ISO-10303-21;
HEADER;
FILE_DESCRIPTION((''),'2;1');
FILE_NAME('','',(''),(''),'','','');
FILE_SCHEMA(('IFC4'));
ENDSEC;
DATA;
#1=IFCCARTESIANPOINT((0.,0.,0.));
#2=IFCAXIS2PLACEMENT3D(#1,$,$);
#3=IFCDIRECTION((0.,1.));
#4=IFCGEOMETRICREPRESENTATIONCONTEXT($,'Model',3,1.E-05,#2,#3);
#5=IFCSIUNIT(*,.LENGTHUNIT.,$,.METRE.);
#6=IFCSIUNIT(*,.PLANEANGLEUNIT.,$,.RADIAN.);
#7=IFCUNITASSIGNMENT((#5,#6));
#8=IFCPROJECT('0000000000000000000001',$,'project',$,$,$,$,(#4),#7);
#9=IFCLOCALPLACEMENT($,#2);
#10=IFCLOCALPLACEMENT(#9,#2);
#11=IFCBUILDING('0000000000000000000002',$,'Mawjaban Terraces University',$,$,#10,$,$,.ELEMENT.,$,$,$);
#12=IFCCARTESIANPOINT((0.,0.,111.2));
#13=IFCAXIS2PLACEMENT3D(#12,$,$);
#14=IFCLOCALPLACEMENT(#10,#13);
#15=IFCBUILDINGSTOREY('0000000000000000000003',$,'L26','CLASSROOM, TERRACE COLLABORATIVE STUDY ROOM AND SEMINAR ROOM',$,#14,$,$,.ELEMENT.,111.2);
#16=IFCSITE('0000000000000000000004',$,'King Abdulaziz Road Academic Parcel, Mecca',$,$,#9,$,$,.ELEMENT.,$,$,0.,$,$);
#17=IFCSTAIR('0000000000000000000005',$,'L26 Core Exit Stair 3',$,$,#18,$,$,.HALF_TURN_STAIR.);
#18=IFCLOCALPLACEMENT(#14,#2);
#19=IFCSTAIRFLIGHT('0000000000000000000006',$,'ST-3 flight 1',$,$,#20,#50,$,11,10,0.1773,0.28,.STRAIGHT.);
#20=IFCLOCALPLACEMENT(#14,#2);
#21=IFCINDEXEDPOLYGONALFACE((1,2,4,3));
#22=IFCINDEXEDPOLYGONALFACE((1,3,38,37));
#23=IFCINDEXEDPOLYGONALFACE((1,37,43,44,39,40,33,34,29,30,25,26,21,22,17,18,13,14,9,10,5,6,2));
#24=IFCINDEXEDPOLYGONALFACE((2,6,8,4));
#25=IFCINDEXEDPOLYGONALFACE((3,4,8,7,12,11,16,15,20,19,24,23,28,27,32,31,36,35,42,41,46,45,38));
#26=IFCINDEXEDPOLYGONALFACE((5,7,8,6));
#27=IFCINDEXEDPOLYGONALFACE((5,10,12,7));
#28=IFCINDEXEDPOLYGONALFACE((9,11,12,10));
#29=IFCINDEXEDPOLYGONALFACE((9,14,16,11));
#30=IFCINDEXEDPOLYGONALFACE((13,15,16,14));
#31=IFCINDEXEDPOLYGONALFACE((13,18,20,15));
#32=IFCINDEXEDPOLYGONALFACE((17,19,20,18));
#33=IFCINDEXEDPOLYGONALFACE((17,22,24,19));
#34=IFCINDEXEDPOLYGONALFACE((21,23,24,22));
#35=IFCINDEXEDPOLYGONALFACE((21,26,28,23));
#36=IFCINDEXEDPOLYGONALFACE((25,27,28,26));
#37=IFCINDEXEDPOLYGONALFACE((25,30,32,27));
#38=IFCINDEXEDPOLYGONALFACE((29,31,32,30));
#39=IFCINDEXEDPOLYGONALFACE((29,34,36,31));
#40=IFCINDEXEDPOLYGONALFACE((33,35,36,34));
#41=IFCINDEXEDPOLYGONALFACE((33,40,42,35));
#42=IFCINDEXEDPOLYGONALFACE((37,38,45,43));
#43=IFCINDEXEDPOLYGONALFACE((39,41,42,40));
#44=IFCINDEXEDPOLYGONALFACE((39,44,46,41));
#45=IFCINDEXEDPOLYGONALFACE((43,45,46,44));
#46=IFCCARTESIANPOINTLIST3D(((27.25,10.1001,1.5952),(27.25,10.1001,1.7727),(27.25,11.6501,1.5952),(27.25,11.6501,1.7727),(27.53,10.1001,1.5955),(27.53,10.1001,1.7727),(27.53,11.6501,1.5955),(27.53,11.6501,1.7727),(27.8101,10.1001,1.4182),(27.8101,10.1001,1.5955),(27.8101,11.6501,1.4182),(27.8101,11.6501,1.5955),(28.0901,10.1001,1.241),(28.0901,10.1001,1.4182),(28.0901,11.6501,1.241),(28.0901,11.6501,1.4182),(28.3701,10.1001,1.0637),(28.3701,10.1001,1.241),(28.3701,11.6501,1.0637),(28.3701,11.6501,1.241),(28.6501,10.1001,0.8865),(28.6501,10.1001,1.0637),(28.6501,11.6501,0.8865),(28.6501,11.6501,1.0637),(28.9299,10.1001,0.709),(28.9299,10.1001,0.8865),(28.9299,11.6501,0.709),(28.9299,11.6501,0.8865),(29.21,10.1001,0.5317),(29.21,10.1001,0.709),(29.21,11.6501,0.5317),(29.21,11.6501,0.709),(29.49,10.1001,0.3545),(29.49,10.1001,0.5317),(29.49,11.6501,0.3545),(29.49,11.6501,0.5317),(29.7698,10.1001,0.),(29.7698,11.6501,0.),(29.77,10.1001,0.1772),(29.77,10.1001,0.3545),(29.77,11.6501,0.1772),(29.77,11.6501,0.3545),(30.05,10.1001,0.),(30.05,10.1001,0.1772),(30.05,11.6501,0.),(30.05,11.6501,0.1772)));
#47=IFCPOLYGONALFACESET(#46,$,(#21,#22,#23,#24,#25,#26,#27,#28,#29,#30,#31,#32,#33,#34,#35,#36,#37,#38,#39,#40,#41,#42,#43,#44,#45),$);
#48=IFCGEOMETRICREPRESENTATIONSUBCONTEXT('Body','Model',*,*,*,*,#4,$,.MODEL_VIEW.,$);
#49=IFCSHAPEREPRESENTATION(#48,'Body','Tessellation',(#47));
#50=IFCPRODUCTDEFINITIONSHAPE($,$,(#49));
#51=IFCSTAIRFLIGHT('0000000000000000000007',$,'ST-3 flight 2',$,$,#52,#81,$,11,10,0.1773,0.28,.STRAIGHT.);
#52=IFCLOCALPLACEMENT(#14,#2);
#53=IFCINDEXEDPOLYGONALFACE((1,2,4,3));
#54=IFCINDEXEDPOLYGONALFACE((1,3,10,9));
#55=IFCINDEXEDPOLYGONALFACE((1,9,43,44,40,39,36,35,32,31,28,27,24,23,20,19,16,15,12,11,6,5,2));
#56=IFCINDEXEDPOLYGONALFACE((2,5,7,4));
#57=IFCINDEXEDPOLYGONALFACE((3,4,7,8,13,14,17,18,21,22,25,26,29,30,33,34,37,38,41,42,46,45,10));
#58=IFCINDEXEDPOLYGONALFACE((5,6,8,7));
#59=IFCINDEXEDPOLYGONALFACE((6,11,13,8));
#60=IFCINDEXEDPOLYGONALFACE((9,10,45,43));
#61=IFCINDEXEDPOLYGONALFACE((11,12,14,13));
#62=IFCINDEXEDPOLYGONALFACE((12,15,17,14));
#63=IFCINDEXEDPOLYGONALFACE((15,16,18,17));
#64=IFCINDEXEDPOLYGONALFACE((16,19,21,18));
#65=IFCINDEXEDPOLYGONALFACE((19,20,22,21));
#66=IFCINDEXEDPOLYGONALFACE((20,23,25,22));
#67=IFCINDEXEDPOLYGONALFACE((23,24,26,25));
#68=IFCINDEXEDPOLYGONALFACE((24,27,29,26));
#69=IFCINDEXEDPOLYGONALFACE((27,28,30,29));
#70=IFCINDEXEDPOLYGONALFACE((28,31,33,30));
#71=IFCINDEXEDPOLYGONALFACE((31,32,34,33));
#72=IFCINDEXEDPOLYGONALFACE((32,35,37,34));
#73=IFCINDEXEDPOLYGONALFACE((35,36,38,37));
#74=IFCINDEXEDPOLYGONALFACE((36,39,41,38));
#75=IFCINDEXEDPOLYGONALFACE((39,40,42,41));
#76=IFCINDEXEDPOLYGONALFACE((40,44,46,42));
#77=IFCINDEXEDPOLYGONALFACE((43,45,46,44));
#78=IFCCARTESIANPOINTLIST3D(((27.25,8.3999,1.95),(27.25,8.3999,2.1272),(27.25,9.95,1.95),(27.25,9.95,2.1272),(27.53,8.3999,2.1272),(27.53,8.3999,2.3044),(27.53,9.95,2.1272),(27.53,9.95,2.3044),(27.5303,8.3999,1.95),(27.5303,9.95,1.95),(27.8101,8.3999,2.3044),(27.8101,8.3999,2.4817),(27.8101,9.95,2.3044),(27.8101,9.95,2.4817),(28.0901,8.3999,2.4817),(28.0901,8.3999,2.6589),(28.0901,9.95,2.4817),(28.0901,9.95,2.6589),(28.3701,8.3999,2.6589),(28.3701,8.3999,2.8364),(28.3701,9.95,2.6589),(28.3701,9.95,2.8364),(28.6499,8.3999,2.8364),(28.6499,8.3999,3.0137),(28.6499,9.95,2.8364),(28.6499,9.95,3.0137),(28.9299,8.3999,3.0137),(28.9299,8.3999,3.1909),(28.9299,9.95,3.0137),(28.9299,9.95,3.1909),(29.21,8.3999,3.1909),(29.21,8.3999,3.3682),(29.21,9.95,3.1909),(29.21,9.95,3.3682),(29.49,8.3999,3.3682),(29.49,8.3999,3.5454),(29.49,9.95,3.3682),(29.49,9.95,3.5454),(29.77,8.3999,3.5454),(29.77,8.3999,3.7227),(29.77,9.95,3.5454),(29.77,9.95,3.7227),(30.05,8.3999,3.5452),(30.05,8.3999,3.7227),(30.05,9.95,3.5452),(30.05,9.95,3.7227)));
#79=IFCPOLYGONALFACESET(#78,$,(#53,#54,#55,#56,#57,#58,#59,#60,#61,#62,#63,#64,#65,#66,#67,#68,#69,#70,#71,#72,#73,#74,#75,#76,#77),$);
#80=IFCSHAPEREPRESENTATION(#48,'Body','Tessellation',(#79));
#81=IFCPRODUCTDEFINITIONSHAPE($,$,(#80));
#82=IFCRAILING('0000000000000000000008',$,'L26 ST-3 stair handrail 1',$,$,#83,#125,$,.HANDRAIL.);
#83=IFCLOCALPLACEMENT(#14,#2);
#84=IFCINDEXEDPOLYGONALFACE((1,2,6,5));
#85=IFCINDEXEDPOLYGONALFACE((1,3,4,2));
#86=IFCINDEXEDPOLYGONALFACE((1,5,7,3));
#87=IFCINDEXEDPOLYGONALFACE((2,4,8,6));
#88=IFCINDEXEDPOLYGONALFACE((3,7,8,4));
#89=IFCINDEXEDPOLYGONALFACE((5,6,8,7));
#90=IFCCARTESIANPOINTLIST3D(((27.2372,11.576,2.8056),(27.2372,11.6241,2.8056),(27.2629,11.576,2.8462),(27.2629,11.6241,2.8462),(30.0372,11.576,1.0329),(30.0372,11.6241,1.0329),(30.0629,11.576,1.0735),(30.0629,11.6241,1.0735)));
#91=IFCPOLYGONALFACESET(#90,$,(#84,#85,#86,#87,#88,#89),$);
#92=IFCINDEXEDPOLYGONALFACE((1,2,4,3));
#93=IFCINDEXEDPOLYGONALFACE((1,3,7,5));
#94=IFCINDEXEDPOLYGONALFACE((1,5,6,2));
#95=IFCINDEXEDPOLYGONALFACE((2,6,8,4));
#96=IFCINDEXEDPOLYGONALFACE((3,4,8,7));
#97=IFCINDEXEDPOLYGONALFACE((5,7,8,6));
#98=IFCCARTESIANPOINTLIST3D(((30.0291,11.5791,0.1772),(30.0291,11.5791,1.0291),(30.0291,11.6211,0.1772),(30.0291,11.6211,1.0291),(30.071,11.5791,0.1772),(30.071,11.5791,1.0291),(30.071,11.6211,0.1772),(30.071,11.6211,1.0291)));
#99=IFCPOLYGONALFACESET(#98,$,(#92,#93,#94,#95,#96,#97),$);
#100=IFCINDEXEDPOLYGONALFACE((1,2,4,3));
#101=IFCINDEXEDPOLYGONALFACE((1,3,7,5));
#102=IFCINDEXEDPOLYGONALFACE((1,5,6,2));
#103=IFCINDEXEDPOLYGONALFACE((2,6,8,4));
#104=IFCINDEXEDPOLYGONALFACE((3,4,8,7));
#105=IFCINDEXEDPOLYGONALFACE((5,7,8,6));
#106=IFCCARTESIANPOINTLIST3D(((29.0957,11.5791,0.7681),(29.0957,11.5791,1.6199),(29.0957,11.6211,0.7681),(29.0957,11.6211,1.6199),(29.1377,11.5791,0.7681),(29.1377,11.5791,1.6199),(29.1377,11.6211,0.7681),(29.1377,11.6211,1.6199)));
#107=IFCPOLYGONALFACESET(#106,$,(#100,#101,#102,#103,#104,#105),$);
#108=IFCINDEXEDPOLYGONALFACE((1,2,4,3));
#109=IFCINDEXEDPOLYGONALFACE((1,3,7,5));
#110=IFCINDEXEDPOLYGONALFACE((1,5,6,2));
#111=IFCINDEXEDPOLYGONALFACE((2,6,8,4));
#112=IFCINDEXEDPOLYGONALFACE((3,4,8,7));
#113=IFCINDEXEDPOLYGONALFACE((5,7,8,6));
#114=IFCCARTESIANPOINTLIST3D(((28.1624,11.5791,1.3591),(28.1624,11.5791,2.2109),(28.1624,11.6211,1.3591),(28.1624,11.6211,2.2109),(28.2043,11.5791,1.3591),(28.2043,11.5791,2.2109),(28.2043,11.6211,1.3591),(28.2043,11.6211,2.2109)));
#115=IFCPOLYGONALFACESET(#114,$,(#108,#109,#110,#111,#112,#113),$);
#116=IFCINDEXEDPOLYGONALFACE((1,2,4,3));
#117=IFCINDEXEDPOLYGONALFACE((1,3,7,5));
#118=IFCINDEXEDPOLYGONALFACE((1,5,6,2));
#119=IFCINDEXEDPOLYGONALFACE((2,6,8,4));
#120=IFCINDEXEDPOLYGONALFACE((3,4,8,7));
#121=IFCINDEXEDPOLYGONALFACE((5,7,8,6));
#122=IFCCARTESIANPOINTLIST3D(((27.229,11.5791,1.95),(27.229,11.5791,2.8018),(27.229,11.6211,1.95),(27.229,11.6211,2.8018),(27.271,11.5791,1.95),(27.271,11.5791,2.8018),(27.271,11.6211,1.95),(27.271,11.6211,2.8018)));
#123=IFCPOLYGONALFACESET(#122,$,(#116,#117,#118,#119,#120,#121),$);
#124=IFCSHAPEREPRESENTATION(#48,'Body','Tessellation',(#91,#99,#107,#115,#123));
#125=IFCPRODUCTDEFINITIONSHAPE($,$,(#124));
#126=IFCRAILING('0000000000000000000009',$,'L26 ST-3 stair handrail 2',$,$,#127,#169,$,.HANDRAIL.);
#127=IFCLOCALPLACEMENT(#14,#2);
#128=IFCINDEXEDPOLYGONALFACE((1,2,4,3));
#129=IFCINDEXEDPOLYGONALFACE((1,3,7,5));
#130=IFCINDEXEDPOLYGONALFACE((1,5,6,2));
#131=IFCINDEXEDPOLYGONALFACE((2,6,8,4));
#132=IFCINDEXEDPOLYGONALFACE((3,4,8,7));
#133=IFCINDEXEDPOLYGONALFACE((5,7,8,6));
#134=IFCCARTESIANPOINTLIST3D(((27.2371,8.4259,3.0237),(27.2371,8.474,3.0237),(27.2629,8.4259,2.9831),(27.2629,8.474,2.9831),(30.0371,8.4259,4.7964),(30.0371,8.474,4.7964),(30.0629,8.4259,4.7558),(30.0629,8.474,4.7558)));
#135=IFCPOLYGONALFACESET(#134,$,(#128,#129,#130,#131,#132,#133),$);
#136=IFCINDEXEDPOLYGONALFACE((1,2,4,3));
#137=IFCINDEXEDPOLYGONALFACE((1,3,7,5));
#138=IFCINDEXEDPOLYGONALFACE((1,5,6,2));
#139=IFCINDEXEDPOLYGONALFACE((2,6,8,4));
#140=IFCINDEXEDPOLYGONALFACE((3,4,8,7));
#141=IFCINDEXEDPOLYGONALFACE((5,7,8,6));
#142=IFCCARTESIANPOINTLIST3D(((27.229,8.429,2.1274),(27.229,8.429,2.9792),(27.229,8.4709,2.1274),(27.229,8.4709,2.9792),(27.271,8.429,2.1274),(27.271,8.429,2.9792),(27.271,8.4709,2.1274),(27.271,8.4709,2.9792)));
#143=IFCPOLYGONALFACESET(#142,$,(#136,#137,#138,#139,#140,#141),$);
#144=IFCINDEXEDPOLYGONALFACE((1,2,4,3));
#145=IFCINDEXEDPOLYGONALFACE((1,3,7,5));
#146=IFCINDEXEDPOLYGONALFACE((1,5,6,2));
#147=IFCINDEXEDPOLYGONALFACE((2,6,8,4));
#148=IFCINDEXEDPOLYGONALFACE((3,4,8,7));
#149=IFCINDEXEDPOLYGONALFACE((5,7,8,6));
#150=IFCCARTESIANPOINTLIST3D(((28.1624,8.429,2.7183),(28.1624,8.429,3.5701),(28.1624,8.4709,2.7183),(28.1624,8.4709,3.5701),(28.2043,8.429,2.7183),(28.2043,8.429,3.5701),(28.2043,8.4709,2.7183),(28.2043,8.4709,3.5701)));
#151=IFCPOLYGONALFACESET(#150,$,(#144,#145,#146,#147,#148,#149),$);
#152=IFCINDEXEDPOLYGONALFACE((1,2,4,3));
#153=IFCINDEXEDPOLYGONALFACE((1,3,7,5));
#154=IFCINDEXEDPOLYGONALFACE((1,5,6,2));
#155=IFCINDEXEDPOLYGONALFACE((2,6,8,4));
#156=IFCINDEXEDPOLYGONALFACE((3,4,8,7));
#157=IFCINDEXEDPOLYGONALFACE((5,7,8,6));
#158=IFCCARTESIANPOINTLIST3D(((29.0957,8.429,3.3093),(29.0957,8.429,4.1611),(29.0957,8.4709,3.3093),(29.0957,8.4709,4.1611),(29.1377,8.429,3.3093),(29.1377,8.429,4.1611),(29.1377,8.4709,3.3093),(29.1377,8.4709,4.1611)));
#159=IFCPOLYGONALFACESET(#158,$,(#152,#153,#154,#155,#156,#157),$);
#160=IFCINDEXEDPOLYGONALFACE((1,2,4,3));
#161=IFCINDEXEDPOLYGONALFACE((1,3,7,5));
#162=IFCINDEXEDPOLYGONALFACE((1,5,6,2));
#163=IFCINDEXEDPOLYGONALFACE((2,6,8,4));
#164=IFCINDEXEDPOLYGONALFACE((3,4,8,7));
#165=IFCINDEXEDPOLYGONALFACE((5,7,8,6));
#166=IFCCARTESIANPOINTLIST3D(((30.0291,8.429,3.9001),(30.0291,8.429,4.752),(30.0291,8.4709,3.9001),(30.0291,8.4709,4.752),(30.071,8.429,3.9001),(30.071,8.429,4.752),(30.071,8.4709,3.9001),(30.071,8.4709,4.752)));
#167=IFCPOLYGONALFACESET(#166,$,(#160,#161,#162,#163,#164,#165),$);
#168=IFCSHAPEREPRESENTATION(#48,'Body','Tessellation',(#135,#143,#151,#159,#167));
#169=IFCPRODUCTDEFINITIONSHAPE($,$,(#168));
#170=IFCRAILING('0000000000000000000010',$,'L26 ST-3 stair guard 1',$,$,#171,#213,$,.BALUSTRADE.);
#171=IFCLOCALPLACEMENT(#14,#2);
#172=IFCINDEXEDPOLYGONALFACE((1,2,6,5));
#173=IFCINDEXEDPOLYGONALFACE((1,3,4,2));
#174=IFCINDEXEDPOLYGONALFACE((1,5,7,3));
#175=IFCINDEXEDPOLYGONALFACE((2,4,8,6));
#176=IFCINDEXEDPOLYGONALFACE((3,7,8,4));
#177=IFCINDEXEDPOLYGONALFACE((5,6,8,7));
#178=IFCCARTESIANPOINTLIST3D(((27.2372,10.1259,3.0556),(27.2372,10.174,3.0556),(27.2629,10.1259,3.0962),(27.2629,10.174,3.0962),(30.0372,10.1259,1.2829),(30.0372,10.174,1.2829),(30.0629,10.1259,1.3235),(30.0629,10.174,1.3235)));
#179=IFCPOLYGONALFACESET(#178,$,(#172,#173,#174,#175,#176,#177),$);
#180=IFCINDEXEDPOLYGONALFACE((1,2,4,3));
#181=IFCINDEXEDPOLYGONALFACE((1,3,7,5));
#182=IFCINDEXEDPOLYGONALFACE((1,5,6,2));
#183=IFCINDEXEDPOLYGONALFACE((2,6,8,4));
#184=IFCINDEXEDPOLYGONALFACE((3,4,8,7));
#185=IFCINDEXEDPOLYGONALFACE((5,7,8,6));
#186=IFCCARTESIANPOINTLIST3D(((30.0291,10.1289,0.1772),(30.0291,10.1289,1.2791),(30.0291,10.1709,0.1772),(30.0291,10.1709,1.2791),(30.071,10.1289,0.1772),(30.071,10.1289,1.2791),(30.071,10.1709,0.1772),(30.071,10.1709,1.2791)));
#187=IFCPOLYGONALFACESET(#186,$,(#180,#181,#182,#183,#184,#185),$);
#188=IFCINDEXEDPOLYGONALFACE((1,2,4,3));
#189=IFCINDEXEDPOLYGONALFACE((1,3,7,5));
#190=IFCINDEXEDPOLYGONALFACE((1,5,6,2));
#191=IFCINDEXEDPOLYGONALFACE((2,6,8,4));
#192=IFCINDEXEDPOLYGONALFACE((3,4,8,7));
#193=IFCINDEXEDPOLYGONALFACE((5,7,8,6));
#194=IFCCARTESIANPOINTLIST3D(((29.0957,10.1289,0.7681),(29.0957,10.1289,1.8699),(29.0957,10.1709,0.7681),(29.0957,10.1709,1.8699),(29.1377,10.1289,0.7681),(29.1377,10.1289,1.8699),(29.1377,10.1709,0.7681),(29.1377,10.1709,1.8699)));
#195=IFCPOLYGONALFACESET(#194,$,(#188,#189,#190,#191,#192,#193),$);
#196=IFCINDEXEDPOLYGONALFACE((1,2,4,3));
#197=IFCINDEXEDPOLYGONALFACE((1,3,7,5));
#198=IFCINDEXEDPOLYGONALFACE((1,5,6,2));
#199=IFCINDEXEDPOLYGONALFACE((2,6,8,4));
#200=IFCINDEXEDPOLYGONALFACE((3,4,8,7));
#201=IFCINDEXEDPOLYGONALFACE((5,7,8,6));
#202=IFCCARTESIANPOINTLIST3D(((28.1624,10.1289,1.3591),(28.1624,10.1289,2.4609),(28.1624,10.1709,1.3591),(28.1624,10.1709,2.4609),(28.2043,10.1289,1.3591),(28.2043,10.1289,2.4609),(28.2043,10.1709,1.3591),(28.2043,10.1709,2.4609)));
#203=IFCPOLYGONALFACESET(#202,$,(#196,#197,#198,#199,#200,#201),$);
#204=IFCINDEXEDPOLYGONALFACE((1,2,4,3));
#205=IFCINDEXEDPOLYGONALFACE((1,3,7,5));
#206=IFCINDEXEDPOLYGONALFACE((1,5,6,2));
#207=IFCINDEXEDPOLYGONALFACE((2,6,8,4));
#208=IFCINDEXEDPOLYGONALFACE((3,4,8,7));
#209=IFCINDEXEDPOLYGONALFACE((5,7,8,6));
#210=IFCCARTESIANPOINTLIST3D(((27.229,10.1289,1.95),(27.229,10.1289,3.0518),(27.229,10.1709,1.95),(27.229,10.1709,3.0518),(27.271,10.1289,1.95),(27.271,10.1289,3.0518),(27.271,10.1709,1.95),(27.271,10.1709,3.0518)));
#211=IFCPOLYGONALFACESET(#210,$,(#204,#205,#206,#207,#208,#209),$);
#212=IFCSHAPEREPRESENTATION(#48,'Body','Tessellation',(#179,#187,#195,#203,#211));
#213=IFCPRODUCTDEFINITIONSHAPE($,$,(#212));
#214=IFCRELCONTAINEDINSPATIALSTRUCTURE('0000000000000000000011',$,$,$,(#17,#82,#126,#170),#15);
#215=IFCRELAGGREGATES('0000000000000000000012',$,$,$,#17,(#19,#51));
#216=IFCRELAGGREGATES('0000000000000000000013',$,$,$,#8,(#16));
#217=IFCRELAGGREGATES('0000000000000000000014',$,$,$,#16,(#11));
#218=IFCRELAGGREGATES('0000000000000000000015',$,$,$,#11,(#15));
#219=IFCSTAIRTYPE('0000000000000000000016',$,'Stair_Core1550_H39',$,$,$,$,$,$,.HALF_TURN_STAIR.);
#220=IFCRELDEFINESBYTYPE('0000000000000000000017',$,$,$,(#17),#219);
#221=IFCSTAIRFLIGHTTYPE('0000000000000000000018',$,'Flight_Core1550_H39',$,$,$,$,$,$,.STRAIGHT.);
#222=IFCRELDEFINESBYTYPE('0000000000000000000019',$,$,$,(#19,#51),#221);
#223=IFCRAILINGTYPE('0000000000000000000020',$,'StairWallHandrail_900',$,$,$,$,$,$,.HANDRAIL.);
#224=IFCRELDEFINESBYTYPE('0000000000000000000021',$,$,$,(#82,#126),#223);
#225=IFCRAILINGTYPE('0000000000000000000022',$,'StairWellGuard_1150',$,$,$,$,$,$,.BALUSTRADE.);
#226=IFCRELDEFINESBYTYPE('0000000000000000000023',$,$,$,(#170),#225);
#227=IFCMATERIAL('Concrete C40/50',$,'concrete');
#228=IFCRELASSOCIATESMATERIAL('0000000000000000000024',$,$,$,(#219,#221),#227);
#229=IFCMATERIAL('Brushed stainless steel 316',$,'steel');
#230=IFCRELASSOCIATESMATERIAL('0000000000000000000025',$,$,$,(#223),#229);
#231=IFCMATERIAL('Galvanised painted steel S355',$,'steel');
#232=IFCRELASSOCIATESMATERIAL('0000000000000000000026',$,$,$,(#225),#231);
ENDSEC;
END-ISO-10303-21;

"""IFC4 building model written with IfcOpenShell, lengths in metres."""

from ifc_helpers import new_model, si_unit, direction, frame, origin, origin_2d, place, context, subcontext, project, spatial, polyline, rectangle, outline, extrude, material, type_object, element, aggregate, save


model = new_model("IFC4")

# Units and contexts
model_context = context("Model", 3, precision=1e-05, world=origin(), true_north=direction((0.0, 1.0)))
body_context = subcontext(model_context, "Body", "Model", "MODEL_VIEW")
ifc_project = project(units=[si_unit("LENGTHUNIT", "METRE"), si_unit("PLANEANGLEUNIT", "RADIAN")], contexts=[model_context])

# Site, building, storey
site_placement = place(None, origin())
site = spatial("IfcSite", under=ifc_project, at=site_placement, Name="King Abdulaziz Road Academic Parcel, Mecca", CompositionType="ELEMENT", RefElevation=0.0)
building_placement = place(site_placement, origin())
building = spatial("IfcBuilding", under=site, at=building_placement, Name="Mawjaban Terraces University", CompositionType="ELEMENT")
storey_placement = place(building_placement, frame((0.0, 0.0, 111.2)))
storey = spatial("IfcBuildingStorey", under=building, at=storey_placement, Name="L26", Description="CLASSROOM, TERRACE COLLABORATIVE STUDY ROOM AND SEMINAR ROOM", CompositionType="ELEMENT", Elevation=111.2)

# Shared definitions
ifc_material_1 = material(Name="Concrete C40/50", Category="concrete")

# Stair, stair flights
stair_type = type_object("IfcStairType", Name="Stair_Core1550_H39", PredefinedType="HALF_TURN_STAIR", material=ifc_material_1)
stair_placement = place(storey_placement, origin())
stair = element("IfcStair", 1, at=stair_placement, inside=storey, type_object=stair_type, Name="L26 Core Exit Stair 3", PredefinedType="HALF_TURN_STAIR")
stair_flight_type = type_object("IfcStairFlightType", Name="Flight_Core1550_H39", PredefinedType="STRAIGHT", material=ifc_material_1)
stair_flight_1_placement = place(storey_placement, frame((30.05, 10.875, 0.0), z_axis=(0.0, 0.0, 1.0), x_axis=(-1.0, 0.0, 0.0)))
stair_flight_1 = element("IfcStairFlight", 2, at=stair_flight_1_placement, type_object=stair_flight_type, Name="ST-3 flight 1", NumberOfRisers=11, NumberOfTreads=10, PredefinedType="STRAIGHT", RiserHeight=0.1773, TreadLength=0.28, context=body_context, shape_type="SweptSolid", body=[
    extrude(outline(polyline([(0.0, 0.0), (0.0, 0.1772), (0.28, 0.1772), (0.28, 0.3545), (0.5601, 0.3545), (0.5601, 0.5317), (0.8401, 0.5317), (0.8401, 0.709), (1.1201, 0.709), (1.1201, 0.8865), (1.3999, 0.8865), (1.3999, 1.0637), (1.6799, 1.0637), (1.6799, 1.241), (1.96, 1.241), (1.96, 1.4182), (2.24, 1.4182), (2.24, 1.5955), (2.52, 1.5955), (2.52, 1.7727), (2.8, 1.7727), (2.8, 1.95), (2.8, 1.5952), (0.2803, 0.0), (0.0, 0.0)])), frame((0.0, 0.7749, 0.0), z_axis=(0.0, -1.0, 0.0), x_axis=(1.0, 0.0, 0.0)), (0.0, 0.0, 1.0), 1.55),
])
stair_flight_2_placement = place(storey_placement, frame((27.25, 9.175, 1.95), z_axis=(0.0, 0.0, 1.0), x_axis=(1.0, 0.0, 0.0)))
stair_flight_2 = element("IfcStairFlight", 3, at=stair_flight_2_placement, type_object=stair_flight_type, Name="ST-3 flight 2", NumberOfRisers=11, NumberOfTreads=10, PredefinedType="STRAIGHT", RiserHeight=0.1773, TreadLength=0.28, context=body_context, shape_type="SweptSolid", body=[
    extrude(outline(polyline([(0.0, 0.0), (0.0, 0.1772), (0.28, 0.1772), (0.28, 0.3545), (0.5601, 0.3545), (0.5601, 0.5317), (0.8401, 0.5317), (0.8401, 0.709), (1.1201, 0.709), (1.1201, 0.8865), (1.3999, 0.8865), (1.3999, 1.0637), (1.6799, 1.0637), (1.6799, 1.241), (1.96, 1.241), (1.96, 1.4182), (2.24, 1.4182), (2.24, 1.5955), (2.52, 1.5955), (2.52, 1.7727), (2.8, 1.7727), (2.8, 1.95), (2.8, 1.5952), (0.2803, 0.0), (0.0, 0.0)])), frame((0.0, 0.7749, 0.0), z_axis=(0.0, -1.0, 0.0), x_axis=(1.0, 0.0, 0.0)), (0.0, 0.0, 1.0), 1.55),
])
aggregate(stair, [stair_flight_1, stair_flight_2])

# Railings
ifc_material_2 = material(Name="Brushed stainless steel 316", Category="steel")
railing_type_1 = type_object("IfcRailingType", Name="StairWallHandrail_900", PredefinedType="HANDRAIL", material=ifc_material_2)
railing_1_placement = place(storey_placement, frame((30.05, 11.6001, 0.1772)))
element("IfcRailing", 4, at=railing_1_placement, inside=storey, type_object=railing_type_1, Name="L26 ST-3 stair handrail 1", PredefinedType="HANDRAIL", context=body_context, shape_type="SweptSolid", body=[
    extrude(rectangle(XDim=0.0481, YDim=0.0481, at=origin_2d()), frame((0.0, 0.0, 0.876), z_axis=(-0.844909, 0.0, 0.53491), x_axis=(0.0, -1.0, 0.0)), (0.0, 0.0, 1.0), 3.314),
    extrude(rectangle(XDim=0.042, YDim=0.042, at=origin_2d()), origin(), (0.0, 0.0, 1.0), 0.8518),
    extrude(rectangle(XDim=0.042, YDim=0.042, at=origin_2d()), frame((-0.9333, 0.0, 0.5908)), (0.0, 0.0, 1.0), 0.8518),
    extrude(rectangle(XDim=0.042, YDim=0.042, at=origin_2d()), frame((-1.8667, 0.0, 1.1819)), (0.0, 0.0, 1.0), 0.8518),
    extrude(rectangle(XDim=0.042, YDim=0.042, at=origin_2d()), frame((-2.8, 0.0, 1.7727)), (0.0, 0.0, 1.0), 0.8518),
])
railing_2_placement = place(storey_placement, frame((27.25, 8.45, 2.1274)))
element("IfcRailing", 5, at=railing_2_placement, inside=storey, type_object=railing_type_1, Name="L26 ST-3 stair handrail 2", PredefinedType="HANDRAIL", context=body_context, shape_type="SweptSolid", body=[
    extrude(rectangle(XDim=0.0481, YDim=0.0481, at=origin_2d()), frame((0.0, 0.0, 0.876), z_axis=(0.844909, 0.0, 0.53491), x_axis=(0.0, 1.0, 0.0)), (0.0, 0.0, 1.0), 3.314),
    extrude(rectangle(XDim=0.042, YDim=0.042, at=origin_2d()), origin(), (0.0, 0.0, 1.0), 0.8518),
    extrude(rectangle(XDim=0.042, YDim=0.042, at=origin_2d()), frame((0.9333, 0.0, 0.5908)), (0.0, 0.0, 1.0), 0.8518),
    extrude(rectangle(XDim=0.042, YDim=0.042, at=origin_2d()), frame((1.8667, 0.0, 1.1819)), (0.0, 0.0, 1.0), 0.8518),
    extrude(rectangle(XDim=0.042, YDim=0.042, at=origin_2d()), frame((2.8, 0.0, 1.7727)), (0.0, 0.0, 1.0), 0.8518),
])
ifc_material_3 = material(Name="Galvanised painted steel S355", Category="steel")
railing_type_2 = type_object("IfcRailingType", Name="StairWellGuard_1150", PredefinedType="BALUSTRADE", material=ifc_material_3)
railing_3_placement = place(storey_placement, frame((30.05, 10.1499, 0.1772)))
element("IfcRailing", 6, at=railing_3_placement, inside=storey, type_object=railing_type_2, Name="L26 ST-3 stair guard 1", PredefinedType="BALUSTRADE", context=body_context, shape_type="SweptSolid", body=[
    extrude(rectangle(XDim=0.0481, YDim=0.0481, at=origin_2d()), frame((0.0, 0.0, 1.126), z_axis=(-0.844909, 0.0, 0.53491), x_axis=(0.0, -1.0, 0.0)), (0.0, 0.0, 1.0), 3.314),
    extrude(rectangle(XDim=0.042, YDim=0.042, at=origin_2d()), origin(), (0.0, 0.0, 1.0), 1.1018),
    extrude(rectangle(XDim=0.042, YDim=0.042, at=origin_2d()), frame((-0.9333, 0.0, 0.5908)), (0.0, 0.0, 1.0), 1.1018),
    extrude(rectangle(XDim=0.042, YDim=0.042, at=origin_2d()), frame((-1.8667, 0.0, 1.1819)), (0.0, 0.0, 1.0), 1.1018),
    extrude(rectangle(XDim=0.042, YDim=0.042, at=origin_2d()), frame((-2.8, 0.0, 1.7727)), (0.0, 0.0, 1.0), 1.1018),
])

save(model, "model.ifc")
